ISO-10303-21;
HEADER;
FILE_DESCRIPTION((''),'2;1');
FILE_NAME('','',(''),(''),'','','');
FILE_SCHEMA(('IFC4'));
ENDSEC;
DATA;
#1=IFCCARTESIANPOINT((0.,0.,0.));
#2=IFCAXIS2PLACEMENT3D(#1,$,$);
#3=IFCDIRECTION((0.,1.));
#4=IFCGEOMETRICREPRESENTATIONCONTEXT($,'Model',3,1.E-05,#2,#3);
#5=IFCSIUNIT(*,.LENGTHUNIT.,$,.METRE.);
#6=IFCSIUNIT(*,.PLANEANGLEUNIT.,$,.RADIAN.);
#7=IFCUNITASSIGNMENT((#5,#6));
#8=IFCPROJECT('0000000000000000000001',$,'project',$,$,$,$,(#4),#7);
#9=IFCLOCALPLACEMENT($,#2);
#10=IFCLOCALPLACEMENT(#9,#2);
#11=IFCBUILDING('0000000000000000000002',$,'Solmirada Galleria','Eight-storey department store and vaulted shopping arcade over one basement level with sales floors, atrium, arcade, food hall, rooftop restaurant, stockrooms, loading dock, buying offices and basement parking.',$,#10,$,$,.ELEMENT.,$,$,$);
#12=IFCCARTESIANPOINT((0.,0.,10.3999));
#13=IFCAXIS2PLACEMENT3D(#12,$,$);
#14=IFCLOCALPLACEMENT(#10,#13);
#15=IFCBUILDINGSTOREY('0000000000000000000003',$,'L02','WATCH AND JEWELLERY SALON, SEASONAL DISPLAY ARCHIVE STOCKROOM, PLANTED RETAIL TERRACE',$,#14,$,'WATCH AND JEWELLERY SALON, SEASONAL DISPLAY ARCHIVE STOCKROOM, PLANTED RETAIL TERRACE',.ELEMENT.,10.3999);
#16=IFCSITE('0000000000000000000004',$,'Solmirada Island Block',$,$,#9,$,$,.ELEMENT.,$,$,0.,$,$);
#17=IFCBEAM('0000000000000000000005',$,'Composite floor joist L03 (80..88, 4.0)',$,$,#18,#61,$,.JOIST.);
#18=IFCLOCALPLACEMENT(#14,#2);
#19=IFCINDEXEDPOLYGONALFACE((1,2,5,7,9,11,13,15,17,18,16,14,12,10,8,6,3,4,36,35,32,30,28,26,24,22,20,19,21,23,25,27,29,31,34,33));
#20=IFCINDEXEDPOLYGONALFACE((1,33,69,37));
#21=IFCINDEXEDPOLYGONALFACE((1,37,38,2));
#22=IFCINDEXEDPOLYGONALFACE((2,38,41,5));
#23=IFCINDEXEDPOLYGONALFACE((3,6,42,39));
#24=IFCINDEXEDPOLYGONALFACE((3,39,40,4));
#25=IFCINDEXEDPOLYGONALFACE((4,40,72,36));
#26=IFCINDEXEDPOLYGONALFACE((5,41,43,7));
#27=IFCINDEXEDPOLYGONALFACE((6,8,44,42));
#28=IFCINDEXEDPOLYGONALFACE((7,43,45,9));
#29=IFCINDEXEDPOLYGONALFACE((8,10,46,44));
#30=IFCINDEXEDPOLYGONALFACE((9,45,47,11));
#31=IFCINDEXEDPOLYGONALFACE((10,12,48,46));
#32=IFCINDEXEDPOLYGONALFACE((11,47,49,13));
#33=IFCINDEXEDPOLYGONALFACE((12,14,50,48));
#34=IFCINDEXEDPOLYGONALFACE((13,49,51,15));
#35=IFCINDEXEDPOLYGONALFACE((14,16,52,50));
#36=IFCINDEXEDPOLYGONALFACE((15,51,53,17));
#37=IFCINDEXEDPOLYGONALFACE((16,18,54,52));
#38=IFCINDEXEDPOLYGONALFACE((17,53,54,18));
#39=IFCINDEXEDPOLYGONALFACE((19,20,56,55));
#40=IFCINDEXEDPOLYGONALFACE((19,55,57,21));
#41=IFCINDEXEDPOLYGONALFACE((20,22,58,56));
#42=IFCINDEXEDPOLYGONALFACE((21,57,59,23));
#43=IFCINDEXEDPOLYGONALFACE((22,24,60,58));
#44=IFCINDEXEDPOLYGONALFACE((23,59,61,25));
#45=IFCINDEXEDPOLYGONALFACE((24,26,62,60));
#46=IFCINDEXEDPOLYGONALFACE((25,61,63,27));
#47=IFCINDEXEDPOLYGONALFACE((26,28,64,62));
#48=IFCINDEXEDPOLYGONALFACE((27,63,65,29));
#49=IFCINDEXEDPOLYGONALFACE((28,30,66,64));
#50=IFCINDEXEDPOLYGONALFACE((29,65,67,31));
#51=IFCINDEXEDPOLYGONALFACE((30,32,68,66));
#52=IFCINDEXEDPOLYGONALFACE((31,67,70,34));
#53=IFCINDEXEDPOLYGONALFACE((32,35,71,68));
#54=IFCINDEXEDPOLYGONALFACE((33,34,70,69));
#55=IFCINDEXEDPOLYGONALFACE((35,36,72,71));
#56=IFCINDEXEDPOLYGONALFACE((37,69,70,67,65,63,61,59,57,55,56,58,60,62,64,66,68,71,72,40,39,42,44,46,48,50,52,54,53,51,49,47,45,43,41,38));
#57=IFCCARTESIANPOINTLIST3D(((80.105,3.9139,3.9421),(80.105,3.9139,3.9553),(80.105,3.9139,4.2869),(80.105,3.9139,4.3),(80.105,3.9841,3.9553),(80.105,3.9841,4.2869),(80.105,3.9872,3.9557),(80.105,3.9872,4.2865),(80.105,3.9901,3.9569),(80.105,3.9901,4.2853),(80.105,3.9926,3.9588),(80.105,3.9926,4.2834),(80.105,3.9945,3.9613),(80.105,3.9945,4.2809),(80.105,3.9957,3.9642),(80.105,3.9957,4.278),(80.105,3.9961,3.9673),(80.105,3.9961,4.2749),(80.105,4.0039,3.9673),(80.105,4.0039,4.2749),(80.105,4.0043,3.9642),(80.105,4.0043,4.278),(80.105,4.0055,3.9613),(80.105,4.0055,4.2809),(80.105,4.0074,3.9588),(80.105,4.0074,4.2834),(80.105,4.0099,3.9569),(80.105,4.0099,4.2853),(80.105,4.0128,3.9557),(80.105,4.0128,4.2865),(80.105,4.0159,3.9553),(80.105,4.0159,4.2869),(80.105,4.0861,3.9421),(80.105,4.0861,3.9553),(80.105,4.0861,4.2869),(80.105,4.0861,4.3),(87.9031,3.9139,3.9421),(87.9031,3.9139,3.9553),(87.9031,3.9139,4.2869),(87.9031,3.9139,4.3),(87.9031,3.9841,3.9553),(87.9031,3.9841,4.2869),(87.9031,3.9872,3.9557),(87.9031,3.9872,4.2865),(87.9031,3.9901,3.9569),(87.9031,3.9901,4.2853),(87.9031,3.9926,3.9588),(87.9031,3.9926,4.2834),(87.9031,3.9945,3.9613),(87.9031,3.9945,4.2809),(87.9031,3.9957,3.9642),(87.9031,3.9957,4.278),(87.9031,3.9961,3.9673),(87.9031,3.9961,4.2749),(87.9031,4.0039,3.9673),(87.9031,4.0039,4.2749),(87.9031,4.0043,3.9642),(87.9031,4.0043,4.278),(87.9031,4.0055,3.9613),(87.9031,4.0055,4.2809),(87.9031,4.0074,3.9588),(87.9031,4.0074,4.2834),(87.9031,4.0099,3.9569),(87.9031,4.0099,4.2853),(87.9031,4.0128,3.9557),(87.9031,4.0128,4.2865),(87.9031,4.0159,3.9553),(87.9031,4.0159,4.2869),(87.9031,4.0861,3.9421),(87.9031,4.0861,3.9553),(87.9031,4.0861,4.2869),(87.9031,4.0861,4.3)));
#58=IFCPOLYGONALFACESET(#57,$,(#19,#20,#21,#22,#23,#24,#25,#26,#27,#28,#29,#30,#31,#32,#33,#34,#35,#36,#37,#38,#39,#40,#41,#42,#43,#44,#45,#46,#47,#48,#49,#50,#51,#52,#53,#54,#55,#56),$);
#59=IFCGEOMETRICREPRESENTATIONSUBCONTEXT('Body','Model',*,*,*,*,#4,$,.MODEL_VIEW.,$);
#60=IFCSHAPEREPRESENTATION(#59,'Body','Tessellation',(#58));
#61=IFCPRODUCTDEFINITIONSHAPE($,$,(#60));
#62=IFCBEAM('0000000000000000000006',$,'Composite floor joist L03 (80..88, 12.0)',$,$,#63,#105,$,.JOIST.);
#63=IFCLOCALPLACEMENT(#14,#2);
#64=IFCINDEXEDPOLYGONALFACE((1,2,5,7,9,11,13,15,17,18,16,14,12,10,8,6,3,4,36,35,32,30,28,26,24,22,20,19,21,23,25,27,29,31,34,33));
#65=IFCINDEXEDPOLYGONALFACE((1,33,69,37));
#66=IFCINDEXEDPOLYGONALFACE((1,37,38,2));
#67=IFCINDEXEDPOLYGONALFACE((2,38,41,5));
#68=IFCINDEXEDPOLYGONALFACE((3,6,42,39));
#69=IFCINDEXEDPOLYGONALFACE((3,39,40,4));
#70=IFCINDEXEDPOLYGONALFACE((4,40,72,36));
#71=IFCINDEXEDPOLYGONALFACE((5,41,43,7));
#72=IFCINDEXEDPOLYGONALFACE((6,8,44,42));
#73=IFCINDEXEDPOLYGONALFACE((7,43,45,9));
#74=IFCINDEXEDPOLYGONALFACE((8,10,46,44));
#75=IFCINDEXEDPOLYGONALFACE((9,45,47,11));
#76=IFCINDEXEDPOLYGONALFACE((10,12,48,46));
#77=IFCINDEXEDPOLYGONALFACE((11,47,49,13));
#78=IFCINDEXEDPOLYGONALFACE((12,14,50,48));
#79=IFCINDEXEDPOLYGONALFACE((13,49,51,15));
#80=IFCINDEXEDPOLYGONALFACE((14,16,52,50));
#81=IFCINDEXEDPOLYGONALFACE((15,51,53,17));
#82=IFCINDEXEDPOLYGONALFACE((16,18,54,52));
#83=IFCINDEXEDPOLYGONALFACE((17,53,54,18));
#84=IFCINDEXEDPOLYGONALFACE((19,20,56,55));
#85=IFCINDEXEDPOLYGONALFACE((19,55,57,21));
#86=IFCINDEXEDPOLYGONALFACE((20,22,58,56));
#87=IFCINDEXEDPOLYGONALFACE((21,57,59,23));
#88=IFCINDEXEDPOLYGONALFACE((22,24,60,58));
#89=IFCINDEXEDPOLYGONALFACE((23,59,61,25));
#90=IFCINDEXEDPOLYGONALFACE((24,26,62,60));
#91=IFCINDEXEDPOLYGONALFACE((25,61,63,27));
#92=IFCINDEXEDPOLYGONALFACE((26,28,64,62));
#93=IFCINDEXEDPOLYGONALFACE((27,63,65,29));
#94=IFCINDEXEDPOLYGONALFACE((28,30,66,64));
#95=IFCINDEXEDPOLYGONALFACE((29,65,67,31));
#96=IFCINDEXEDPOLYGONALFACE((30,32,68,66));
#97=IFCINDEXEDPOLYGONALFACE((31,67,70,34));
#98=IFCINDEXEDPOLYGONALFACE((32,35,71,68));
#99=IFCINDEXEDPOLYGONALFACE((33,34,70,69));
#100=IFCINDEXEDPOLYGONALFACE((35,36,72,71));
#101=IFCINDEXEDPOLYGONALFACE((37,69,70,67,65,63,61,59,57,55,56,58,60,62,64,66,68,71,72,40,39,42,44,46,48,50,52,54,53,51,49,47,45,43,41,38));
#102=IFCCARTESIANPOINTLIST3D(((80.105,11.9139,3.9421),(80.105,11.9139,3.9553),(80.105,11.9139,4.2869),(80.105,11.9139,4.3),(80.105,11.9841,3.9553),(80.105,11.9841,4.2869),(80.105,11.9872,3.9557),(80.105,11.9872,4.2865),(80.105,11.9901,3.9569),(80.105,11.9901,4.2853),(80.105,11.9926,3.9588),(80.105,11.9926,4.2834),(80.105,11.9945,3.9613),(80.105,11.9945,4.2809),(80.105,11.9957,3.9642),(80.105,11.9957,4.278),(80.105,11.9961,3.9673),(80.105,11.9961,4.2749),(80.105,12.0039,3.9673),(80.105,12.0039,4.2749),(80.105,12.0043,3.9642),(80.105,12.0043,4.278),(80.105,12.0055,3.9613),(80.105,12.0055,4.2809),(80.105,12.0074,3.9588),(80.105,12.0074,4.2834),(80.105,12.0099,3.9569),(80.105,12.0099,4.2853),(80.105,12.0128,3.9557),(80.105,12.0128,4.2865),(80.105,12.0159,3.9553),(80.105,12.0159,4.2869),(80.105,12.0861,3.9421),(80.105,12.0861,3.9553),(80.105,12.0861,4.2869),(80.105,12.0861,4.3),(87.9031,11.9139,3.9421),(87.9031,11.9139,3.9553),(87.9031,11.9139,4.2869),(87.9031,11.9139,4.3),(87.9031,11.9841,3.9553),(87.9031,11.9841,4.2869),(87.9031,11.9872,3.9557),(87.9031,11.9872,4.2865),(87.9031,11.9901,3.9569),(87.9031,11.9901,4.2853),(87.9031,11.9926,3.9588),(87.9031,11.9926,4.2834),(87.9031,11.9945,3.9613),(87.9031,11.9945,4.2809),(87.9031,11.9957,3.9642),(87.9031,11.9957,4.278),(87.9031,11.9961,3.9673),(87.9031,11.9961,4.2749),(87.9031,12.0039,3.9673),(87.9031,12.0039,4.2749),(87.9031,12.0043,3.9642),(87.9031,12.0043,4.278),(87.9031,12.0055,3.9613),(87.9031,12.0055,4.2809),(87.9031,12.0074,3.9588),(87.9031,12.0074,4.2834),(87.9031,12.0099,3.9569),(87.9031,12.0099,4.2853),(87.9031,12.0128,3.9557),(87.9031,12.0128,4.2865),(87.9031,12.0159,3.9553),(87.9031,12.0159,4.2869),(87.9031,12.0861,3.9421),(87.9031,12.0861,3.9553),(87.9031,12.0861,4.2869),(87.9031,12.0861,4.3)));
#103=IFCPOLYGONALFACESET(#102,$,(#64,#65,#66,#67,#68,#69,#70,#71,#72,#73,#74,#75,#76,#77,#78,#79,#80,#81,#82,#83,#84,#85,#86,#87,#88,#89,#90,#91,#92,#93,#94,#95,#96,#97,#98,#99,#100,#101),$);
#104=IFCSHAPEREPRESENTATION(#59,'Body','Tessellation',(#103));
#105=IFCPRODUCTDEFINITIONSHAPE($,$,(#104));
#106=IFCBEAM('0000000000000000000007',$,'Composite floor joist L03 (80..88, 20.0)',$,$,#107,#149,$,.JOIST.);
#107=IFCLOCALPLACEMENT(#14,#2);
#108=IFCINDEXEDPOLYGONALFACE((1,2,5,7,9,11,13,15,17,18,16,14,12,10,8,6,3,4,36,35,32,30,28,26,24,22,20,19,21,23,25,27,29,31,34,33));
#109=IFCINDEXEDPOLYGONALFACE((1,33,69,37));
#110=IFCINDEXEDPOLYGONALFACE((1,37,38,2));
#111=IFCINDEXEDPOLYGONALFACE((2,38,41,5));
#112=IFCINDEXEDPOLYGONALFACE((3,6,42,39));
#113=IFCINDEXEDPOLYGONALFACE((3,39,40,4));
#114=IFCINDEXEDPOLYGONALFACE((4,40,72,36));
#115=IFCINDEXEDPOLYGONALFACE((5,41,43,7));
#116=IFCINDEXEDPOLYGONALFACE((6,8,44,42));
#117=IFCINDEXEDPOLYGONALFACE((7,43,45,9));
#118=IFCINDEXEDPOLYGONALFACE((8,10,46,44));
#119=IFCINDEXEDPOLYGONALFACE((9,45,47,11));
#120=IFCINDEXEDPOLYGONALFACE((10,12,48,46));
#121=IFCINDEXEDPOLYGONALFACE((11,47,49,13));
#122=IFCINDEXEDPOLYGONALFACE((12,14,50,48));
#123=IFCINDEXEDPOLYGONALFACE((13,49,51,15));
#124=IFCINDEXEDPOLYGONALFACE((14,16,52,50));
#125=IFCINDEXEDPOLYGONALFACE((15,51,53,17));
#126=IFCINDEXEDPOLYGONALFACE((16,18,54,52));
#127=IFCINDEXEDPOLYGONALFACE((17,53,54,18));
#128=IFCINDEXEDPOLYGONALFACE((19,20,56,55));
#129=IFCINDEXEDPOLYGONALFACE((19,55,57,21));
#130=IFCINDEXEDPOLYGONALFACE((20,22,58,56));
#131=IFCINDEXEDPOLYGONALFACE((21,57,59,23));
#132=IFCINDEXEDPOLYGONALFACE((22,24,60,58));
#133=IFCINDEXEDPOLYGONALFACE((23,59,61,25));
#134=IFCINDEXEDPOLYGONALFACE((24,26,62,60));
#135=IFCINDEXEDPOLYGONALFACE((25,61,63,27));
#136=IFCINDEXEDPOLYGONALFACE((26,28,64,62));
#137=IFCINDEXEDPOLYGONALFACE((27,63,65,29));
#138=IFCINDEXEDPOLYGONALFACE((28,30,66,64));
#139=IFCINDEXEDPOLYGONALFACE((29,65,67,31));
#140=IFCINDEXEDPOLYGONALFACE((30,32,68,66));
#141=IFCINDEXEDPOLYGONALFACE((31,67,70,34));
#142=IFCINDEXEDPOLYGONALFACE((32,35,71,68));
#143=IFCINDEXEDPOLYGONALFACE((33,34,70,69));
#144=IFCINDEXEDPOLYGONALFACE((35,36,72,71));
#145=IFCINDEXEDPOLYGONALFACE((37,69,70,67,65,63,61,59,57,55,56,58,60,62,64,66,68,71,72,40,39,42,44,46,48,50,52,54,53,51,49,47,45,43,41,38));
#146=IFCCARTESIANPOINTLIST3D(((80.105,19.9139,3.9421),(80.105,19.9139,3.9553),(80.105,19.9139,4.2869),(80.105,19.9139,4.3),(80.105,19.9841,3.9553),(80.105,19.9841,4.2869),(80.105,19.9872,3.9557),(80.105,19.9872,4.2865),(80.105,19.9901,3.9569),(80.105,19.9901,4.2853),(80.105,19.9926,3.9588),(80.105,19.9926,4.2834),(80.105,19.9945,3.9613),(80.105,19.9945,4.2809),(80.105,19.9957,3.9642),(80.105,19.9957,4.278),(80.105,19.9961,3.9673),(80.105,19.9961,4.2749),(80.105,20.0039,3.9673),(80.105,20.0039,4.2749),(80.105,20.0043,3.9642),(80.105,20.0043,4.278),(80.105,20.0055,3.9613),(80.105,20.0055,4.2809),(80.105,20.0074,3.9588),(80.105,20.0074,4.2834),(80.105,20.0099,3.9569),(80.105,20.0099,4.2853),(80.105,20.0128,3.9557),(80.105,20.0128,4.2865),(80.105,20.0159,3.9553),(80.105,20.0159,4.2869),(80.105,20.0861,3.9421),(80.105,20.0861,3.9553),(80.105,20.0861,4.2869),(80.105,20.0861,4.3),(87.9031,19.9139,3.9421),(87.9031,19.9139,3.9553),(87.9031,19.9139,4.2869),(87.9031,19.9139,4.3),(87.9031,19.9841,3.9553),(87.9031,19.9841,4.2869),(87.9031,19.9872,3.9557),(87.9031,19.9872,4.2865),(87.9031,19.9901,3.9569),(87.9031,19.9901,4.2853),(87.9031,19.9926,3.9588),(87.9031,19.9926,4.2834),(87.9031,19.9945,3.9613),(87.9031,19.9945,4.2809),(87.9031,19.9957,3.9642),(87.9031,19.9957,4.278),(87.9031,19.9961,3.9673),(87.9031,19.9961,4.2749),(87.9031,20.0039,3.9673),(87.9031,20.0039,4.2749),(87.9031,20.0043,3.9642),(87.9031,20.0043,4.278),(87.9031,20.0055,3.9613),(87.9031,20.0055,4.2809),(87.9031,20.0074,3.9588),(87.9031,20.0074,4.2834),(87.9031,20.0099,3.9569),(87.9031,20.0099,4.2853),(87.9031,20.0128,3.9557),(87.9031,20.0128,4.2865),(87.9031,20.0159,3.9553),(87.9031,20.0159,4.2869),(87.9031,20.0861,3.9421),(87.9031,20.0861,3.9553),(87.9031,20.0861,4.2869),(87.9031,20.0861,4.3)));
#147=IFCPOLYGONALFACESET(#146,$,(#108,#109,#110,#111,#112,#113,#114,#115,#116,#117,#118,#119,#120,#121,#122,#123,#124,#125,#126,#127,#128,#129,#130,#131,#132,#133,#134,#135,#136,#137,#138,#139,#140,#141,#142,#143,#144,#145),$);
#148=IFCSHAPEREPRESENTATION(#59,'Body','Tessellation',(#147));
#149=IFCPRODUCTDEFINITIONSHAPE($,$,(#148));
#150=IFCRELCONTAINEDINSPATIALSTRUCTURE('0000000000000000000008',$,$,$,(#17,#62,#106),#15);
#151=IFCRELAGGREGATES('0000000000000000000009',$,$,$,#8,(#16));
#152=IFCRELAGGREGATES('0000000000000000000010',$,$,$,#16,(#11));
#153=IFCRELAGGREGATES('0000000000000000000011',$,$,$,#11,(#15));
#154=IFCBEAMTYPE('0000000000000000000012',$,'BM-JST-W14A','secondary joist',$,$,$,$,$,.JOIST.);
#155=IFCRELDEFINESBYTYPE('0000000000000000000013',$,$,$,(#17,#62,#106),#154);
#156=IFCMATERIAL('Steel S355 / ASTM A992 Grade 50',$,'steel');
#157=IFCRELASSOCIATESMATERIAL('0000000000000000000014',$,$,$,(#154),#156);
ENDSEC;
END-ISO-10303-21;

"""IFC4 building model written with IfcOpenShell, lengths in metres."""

from ifc_helpers import new_model, si_unit, direction, frame, origin, origin_2d, place, context, subcontext, project, spatial, i_section, extrude, material, material_profile, profile_set, type_object, element, save


model = new_model("IFC4")

# Units and contexts
model_context = context("Model", 3, precision=1e-05, world=origin(), true_north=direction((0.0, 1.0)))
body_context = subcontext(model_context, "Body", "Model", "MODEL_VIEW")
ifc_project = project(units=[si_unit("LENGTHUNIT", "METRE"), si_unit("PLANEANGLEUNIT", "RADIAN")], contexts=[model_context])

# Site, building, storey
site_placement = place(None, origin())
site = spatial("IfcSite", under=ifc_project, at=site_placement, Name="Solmirada Island Block", CompositionType="ELEMENT", RefElevation=0.0)
building_placement = place(site_placement, origin())
building = spatial("IfcBuilding", under=site, at=building_placement, Name="Solmirada Galleria", Description="Eight-storey department store and vaulted shopping arcade over one basement level with sales floors, atrium, arcade, food hall, rooftop restaurant, stockrooms, loading dock, buying offices and basement parking.", CompositionType="ELEMENT")
storey_placement = place(building_placement, frame((0.0, 0.0, 10.3999)))
storey = spatial("IfcBuildingStorey", under=building, at=storey_placement, Name="L02", Description="WATCH AND JEWELLERY SALON, SEASONAL DISPLAY ARCHIVE STOCKROOM, PLANTED RETAIL TERRACE", LongName="WATCH AND JEWELLERY SALON, SEASONAL DISPLAY ARCHIVE STOCKROOM, PLANTED RETAIL TERRACE", CompositionType="ELEMENT", Elevation=10.3999)

# Beams
ifc_material_1 = material(Name="Steel S355 / ASTM A992 Grade 50", Category="steel")
ifc_material_profile_1 = material_profile(ifc_material_1, i_section(OverallWidth=0.1721, OverallDepth=0.3579, WebThickness=0.0078, FlangeThickness=0.0132, FilletRadius=0.012, at=origin_2d()), Name="W14X38")
ifc_profile_set_1 = profile_set([ifc_material_profile_1], Name="Steel S355 / ASTM A992 Grade 50")
beam_type_1 = type_object("IfcBeamType", Name="BM-JST-W14A", Description="secondary joist", PredefinedType="JOIST", material=ifc_profile_set_1)
for number, where, z_axis, x_axis, name in (
    (1, (80.105, 4.0, 4.1211), (1.0, 0.0, 0.0), (0.0, 1.0, 0.0), "Composite floor joist L03 (80..88, 4.0)"),
    (2, (80.105, 12.0, 4.1211), (1.0, 0.0, 0.0), (0.0, 1.0, 0.0), "Composite floor joist L03 (80..88, 12.0)"),
    (3, (80.105, 20.0, 4.1211), (1.0, 0.0, 0.0), (0.0, 1.0, 0.0), "Composite floor joist L03 (80..88, 20.0)"),
):
    element("IfcBeam", number, at=place(storey_placement, frame(where, z_axis=z_axis, x_axis=x_axis)), inside=storey, type_object=beam_type_1, Name=name, PredefinedType="JOIST", context=body_context, shape_type="SweptSolid", body=[
        extrude(i_section(OverallWidth=0.1721, OverallDepth=0.3579, WebThickness=0.0078, FlangeThickness=0.0132, FilletRadius=0.012, at=origin_2d()), origin(), (0.0, 0.0, 1.0), 7.7981),
    ])

save(model, "model.ifc")
